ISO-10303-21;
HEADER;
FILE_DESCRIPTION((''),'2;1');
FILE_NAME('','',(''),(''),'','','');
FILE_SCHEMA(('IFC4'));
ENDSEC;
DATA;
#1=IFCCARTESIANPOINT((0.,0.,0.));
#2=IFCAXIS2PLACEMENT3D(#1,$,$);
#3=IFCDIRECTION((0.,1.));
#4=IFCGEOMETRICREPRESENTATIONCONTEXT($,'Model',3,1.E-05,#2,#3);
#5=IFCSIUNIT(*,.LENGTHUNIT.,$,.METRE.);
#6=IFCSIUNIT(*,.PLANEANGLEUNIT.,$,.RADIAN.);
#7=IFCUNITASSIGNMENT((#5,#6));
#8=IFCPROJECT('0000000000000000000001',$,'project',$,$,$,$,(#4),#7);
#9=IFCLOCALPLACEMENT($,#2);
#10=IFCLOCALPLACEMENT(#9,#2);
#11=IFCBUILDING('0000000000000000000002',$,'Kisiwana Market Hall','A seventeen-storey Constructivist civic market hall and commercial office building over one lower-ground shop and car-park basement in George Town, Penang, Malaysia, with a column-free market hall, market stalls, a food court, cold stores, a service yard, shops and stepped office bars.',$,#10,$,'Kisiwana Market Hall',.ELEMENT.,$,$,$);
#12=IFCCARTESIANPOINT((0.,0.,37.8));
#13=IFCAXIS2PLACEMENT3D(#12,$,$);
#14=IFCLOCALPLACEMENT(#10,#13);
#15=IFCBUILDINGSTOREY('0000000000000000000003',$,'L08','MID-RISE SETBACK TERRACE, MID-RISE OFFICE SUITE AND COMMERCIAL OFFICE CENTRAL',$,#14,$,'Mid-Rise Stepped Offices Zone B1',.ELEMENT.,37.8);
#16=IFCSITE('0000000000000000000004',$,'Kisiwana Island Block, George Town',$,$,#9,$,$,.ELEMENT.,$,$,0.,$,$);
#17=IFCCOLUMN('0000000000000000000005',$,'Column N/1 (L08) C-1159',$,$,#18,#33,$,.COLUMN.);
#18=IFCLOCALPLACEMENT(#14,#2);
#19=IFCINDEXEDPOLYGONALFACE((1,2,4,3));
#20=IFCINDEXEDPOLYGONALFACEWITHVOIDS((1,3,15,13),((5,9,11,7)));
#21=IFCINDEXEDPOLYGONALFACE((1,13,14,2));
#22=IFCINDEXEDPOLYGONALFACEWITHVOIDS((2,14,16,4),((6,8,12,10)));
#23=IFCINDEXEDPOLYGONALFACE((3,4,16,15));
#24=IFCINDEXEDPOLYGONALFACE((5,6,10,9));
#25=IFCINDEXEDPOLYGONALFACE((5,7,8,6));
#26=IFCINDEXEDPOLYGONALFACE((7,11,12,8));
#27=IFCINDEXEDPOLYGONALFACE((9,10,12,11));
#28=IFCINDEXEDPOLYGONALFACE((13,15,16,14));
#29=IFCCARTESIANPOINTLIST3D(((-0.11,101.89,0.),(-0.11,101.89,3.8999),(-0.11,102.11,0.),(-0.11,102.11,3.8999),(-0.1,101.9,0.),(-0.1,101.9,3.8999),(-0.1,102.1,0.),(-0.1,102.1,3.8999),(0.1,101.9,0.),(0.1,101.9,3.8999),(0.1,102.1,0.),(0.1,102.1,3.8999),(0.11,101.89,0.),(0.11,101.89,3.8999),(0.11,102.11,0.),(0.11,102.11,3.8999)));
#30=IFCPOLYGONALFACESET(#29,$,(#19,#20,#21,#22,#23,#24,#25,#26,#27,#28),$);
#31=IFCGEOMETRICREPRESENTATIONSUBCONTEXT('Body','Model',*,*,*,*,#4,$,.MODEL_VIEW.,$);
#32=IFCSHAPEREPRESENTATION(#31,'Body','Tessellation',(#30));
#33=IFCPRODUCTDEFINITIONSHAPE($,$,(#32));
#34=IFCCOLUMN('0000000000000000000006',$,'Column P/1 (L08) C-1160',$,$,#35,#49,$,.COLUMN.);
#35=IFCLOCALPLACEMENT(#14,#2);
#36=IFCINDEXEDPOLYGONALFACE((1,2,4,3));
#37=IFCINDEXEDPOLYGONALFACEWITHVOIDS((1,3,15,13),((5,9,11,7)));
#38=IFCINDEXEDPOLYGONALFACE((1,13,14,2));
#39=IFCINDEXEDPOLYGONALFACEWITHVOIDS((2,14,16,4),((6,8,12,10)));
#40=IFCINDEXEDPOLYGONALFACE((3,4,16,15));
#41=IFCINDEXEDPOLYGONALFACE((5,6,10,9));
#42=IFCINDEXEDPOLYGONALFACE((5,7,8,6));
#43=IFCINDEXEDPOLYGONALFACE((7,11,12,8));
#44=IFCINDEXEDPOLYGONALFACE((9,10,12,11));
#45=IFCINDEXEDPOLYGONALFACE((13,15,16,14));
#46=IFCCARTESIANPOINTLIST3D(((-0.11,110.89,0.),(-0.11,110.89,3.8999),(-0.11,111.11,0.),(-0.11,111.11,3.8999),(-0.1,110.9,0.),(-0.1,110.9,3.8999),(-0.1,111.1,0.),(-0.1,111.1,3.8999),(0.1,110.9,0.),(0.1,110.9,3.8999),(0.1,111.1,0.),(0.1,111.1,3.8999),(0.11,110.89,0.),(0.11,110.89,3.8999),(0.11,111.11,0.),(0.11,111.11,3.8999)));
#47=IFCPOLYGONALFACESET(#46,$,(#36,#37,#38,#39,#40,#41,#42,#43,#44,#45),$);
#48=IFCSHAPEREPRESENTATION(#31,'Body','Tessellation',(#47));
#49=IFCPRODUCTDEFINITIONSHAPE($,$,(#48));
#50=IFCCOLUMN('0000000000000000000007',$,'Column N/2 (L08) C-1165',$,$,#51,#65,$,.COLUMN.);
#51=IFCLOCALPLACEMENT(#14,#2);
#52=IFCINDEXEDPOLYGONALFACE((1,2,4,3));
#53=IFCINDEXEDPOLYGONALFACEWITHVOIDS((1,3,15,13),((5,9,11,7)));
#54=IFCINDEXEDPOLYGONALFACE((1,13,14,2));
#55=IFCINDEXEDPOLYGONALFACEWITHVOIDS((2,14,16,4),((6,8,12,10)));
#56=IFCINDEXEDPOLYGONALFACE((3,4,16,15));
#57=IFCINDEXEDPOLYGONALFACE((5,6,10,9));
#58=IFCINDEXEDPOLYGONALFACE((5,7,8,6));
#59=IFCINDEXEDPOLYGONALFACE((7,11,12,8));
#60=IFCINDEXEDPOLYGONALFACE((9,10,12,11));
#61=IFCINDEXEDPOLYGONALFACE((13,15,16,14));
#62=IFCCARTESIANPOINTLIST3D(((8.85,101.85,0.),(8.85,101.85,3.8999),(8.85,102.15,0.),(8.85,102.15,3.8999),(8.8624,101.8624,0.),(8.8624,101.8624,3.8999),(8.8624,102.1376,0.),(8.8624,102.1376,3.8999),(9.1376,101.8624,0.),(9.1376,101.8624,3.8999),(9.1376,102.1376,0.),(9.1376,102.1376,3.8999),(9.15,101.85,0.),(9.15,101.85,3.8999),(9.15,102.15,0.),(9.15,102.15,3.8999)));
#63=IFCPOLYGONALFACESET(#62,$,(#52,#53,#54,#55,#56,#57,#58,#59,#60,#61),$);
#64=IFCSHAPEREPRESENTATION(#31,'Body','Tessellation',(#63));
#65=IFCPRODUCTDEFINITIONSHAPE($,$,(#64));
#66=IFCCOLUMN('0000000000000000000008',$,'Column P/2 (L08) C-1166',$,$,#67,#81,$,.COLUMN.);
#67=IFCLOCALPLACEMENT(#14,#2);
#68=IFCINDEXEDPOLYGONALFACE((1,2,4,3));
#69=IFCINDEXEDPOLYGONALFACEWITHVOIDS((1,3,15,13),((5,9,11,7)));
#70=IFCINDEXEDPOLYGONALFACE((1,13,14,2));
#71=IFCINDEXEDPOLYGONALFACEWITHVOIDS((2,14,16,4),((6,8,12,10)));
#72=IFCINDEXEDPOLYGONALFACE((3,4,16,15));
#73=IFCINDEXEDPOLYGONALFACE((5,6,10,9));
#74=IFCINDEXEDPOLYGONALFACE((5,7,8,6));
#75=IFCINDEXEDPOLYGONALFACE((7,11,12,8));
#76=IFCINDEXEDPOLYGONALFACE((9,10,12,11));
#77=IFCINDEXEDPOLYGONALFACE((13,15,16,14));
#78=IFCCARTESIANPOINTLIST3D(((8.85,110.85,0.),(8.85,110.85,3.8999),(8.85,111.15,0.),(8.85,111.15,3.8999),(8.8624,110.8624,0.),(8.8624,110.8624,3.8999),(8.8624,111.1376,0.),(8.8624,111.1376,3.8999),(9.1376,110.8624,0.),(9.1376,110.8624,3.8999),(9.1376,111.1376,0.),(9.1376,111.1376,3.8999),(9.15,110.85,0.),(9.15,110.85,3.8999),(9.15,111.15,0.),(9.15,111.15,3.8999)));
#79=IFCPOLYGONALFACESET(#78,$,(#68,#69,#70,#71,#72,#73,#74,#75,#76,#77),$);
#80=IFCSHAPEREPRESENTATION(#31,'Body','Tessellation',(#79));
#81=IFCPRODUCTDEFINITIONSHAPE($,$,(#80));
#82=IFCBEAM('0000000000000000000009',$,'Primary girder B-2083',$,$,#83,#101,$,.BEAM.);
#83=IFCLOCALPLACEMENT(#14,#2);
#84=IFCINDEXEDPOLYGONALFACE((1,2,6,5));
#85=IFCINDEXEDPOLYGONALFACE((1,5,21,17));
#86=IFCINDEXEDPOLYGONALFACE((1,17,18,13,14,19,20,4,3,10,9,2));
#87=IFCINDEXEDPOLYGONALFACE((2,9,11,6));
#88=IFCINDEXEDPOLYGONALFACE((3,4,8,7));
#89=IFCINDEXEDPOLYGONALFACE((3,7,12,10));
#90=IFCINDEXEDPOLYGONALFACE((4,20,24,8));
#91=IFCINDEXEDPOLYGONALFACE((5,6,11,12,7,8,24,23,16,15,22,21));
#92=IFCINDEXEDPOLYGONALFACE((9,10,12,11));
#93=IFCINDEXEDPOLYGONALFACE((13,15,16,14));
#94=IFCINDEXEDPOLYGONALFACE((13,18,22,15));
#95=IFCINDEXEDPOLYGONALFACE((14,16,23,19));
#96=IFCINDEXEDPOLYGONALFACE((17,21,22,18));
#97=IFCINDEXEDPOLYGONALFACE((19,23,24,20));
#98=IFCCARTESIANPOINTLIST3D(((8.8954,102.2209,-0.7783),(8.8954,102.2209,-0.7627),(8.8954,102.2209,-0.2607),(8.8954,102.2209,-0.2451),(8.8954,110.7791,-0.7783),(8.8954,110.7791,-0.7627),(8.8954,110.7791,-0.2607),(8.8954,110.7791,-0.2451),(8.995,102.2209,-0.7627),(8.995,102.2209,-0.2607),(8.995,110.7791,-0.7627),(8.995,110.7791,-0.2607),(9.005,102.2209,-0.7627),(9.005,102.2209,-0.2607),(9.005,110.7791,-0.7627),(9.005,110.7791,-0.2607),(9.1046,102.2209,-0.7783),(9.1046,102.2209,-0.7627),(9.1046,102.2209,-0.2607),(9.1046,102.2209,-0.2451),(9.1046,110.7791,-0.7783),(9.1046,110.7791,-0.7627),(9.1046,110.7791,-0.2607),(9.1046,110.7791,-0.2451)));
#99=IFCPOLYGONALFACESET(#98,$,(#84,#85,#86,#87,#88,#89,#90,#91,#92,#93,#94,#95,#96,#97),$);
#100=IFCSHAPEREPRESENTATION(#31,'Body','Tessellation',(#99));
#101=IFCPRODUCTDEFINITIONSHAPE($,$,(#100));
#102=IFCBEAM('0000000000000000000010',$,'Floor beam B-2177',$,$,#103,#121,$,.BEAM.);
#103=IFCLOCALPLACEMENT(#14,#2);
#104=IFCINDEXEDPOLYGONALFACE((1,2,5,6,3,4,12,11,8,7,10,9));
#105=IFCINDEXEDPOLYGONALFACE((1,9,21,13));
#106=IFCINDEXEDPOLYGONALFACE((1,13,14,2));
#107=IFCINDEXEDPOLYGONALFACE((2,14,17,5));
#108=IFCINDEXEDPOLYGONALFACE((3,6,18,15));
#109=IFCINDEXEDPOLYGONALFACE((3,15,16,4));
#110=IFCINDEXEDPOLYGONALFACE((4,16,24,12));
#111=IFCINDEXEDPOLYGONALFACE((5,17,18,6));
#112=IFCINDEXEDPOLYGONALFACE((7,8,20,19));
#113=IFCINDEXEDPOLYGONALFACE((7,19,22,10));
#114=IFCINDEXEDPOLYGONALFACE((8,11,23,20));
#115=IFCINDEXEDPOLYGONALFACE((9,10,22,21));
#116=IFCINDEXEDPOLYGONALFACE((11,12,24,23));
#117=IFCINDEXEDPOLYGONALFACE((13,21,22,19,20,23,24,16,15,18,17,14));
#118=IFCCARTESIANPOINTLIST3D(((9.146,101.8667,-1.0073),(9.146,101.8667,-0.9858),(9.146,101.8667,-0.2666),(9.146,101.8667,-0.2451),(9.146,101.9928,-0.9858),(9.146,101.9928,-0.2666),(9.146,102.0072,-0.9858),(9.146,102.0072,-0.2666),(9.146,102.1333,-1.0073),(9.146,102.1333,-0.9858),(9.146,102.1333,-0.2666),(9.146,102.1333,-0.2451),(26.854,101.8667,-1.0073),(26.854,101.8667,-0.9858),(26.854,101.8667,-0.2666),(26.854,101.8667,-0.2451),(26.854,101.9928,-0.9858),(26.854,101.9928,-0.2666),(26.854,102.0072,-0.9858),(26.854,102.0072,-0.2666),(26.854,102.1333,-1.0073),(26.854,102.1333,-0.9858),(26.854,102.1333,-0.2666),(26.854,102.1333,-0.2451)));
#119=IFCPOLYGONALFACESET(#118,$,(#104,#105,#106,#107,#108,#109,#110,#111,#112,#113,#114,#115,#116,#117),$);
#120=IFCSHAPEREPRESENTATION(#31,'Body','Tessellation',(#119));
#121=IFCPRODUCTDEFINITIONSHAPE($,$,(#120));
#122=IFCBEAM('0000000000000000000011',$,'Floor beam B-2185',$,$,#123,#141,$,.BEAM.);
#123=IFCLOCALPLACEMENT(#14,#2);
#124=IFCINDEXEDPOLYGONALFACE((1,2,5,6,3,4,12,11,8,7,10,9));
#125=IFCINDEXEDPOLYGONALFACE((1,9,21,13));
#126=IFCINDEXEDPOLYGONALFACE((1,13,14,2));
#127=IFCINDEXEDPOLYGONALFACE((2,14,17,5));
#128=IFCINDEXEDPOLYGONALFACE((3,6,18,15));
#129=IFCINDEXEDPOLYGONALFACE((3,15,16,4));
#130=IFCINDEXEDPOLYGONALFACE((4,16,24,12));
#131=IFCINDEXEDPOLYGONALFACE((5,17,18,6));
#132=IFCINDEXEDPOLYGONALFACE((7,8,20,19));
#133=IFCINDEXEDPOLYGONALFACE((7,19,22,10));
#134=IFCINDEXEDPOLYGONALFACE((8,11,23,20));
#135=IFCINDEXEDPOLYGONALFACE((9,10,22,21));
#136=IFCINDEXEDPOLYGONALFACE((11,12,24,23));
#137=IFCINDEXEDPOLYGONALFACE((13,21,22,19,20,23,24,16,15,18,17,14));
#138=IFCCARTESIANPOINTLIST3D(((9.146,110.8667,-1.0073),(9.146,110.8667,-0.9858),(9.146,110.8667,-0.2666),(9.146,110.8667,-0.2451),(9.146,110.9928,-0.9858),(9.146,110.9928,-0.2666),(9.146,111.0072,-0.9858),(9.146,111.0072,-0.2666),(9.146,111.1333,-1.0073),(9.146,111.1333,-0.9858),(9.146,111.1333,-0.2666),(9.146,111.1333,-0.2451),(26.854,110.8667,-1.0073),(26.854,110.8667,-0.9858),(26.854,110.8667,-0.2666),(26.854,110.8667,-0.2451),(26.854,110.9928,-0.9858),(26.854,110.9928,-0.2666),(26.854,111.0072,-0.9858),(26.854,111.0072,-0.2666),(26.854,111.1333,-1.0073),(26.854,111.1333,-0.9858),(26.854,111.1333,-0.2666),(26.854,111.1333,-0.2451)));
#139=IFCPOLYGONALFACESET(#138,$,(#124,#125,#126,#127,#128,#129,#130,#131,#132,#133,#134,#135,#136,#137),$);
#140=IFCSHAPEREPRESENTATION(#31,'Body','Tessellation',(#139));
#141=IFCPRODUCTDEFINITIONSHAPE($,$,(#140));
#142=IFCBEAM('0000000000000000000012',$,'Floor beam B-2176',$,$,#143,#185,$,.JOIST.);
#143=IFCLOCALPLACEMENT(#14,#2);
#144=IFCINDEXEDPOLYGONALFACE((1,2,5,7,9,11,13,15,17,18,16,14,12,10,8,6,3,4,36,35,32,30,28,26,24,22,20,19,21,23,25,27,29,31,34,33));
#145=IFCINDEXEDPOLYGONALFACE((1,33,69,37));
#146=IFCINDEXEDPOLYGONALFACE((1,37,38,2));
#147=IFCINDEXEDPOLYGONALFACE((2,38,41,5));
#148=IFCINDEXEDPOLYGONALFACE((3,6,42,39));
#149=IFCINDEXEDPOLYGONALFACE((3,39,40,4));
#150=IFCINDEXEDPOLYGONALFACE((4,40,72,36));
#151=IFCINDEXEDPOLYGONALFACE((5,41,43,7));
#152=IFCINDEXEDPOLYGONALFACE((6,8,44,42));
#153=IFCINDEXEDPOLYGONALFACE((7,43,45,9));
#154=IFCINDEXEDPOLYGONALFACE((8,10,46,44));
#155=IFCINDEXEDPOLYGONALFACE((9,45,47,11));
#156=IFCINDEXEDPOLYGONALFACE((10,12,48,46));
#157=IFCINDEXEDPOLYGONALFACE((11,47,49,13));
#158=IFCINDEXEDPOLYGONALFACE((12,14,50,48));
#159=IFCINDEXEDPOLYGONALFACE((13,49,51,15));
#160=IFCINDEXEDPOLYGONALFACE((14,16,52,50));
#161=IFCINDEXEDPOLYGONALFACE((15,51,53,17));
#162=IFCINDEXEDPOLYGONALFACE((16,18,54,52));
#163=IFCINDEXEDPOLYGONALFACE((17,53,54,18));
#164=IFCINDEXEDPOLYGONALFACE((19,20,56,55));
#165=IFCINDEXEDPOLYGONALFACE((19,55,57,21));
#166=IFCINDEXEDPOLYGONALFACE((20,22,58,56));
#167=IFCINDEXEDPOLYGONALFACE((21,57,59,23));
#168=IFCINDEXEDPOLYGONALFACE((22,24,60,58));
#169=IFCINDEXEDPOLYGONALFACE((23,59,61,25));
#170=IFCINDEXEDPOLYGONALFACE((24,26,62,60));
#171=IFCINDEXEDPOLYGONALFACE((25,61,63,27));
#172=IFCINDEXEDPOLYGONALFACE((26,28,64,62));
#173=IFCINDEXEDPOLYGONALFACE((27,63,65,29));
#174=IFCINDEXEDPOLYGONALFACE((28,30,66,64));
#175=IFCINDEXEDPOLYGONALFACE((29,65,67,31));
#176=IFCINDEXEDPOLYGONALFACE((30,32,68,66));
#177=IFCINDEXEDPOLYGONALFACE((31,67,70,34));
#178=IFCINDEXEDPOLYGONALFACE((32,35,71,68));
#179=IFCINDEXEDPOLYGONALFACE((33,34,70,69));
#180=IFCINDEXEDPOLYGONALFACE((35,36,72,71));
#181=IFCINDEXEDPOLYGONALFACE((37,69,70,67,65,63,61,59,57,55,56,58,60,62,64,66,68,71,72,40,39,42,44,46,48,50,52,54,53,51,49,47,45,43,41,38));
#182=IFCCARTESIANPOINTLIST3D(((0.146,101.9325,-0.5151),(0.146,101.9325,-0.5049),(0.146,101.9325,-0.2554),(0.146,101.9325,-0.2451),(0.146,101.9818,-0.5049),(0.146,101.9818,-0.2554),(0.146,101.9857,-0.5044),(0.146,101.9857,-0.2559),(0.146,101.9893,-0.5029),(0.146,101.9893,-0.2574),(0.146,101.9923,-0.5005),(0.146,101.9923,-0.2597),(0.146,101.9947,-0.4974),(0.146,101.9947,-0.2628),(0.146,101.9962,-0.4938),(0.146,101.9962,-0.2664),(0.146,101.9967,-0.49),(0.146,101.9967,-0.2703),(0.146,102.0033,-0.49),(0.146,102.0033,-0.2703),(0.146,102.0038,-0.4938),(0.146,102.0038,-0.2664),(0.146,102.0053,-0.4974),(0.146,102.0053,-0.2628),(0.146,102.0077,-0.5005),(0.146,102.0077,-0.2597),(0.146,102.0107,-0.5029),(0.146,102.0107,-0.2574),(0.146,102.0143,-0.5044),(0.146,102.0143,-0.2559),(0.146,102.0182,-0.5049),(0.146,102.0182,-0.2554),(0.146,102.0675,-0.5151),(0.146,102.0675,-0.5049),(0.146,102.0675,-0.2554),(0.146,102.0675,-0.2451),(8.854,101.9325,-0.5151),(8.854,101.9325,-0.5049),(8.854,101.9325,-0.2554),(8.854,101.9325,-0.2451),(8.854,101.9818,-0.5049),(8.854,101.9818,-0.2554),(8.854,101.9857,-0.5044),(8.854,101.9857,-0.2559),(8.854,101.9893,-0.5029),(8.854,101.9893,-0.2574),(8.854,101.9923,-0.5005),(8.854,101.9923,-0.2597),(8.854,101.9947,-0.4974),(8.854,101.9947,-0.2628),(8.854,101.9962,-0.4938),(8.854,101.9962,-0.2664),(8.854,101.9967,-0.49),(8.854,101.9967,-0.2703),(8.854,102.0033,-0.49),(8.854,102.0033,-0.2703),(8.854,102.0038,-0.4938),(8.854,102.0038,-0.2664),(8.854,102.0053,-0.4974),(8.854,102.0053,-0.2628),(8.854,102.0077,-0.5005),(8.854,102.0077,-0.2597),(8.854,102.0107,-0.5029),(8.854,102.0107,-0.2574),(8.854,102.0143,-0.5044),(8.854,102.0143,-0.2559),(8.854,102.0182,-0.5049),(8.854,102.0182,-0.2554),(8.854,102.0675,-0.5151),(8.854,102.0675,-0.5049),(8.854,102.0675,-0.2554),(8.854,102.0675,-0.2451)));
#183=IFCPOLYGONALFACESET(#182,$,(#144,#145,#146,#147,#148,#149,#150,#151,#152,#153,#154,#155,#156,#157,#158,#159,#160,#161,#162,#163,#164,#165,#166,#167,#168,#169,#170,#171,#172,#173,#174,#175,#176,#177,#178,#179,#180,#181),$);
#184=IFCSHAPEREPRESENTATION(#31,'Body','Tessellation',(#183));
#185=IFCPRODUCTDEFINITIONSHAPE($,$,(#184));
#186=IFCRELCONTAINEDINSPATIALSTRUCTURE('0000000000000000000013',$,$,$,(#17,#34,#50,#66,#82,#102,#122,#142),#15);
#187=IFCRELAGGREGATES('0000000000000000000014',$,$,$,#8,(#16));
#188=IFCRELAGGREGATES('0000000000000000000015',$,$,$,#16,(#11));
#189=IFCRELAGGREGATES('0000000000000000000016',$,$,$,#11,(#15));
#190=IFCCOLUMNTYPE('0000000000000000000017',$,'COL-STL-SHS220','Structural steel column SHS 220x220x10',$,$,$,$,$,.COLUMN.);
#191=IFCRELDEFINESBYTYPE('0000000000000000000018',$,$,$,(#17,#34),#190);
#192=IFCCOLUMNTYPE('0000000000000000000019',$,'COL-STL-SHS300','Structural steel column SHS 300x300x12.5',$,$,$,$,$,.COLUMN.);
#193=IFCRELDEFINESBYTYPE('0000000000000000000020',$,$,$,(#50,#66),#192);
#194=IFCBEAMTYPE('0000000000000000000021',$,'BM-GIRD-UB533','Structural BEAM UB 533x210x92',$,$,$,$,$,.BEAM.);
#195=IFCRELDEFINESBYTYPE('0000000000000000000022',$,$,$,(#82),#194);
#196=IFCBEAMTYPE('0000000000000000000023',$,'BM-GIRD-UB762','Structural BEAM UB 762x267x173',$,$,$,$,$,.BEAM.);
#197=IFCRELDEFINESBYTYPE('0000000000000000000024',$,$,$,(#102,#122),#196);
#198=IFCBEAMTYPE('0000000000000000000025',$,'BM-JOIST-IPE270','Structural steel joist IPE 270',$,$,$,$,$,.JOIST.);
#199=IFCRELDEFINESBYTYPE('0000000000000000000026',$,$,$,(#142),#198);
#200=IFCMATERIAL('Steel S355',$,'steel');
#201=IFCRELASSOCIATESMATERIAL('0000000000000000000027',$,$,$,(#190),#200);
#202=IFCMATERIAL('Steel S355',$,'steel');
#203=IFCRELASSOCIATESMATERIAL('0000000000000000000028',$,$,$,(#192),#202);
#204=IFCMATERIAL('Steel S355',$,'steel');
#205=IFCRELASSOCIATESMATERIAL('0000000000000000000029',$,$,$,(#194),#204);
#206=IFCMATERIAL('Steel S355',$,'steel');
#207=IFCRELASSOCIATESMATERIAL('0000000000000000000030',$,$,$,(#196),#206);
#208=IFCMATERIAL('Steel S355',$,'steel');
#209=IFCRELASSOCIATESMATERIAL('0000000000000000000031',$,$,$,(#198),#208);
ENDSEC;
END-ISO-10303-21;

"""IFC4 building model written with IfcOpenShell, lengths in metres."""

from ifc_helpers import new_model, si_unit, direction, frame, origin, origin_2d, place, context, subcontext, project, spatial, hollow_rectangle, i_section, extrude, material, material_profile, profile_set, type_object, element, save


model = new_model("IFC4")

# Units and contexts
model_context = context("Model", 3, precision=1e-05, world=origin(), true_north=direction((0.0, 1.0)))
body_context = subcontext(model_context, "Body", "Model", "MODEL_VIEW")
ifc_project = project(units=[si_unit("LENGTHUNIT", "METRE"), si_unit("PLANEANGLEUNIT", "RADIAN")], contexts=[model_context])

# Site, building, storey
site_placement = place(None, origin())
site = spatial("IfcSite", under=ifc_project, at=site_placement, Name="Kisiwana Island Block, George Town", CompositionType="ELEMENT", RefElevation=0.0)
building_placement = place(site_placement, origin())
building = spatial("IfcBuilding", under=site, at=building_placement, Name="Kisiwana Market Hall", Description="A seventeen-storey Constructivist civic market hall and commercial office building over one lower-ground shop and car-park basement in George Town, Penang, Malaysia, with a column-free market hall, market stalls, a food court, cold stores, a service yard, shops and stepped office bars.", LongName="Kisiwana Market Hall", CompositionType="ELEMENT")
storey_placement = place(building_placement, frame((0.0, 0.0, 37.8)))
storey = spatial("IfcBuildingStorey", under=building, at=storey_placement, Name="L08", Description="MID-RISE SETBACK TERRACE, MID-RISE OFFICE SUITE AND COMMERCIAL OFFICE CENTRAL", LongName="Mid-Rise Stepped Offices Zone B1", CompositionType="ELEMENT", Elevation=37.8)

# Columns
ifc_material_1 = material(Name="Steel S355", Category="steel")
ifc_material_profile_1 = material_profile(ifc_material_1, hollow_rectangle(XDim=0.22, YDim=0.22, WallThickness=0.01, at=origin_2d()), Name="SHS 220x220x10")
ifc_profile_set_1 = profile_set([ifc_material_profile_1], Name="Steel S355")
column_type_1 = type_object("IfcColumnType", Name="COL-STL-SHS220", Description="Structural steel column SHS 220x220x10", PredefinedType="COLUMN", material=ifc_profile_set_1)
for number, where, z_axis, x_axis, name in (
    (1, (0.0, 102.0, 0.0), (0.0, 0.0, 1.0), (1.0, 0.0, 0.0), "Column N/1 (L08) C-1159"),
    (2, (0.0, 111.0, 0.0), (0.0, 0.0, 1.0), (1.0, 0.0, 0.0), "Column P/1 (L08) C-1160"),
):
    element("IfcColumn", number, at=place(storey_placement, frame(where, z_axis=z_axis, x_axis=x_axis)), inside=storey, type_object=column_type_1, Name=name, PredefinedType="COLUMN", context=body_context, shape_type="SweptSolid", body=[
        extrude(hollow_rectangle(XDim=0.22, YDim=0.22, WallThickness=0.01, at=origin_2d()), origin(), (0.0, 0.0, 1.0), 3.8999),
    ])
ifc_material_2 = material(Name="Steel S355", Category="steel")
ifc_material_profile_2 = material_profile(ifc_material_2, hollow_rectangle(XDim=0.3, YDim=0.3, WallThickness=0.0125, at=origin_2d()), Name="SHS 300x300x12.5")
ifc_profile_set_2 = profile_set([ifc_material_profile_2], Name="Steel S355")
column_type_2 = type_object("IfcColumnType", Name="COL-STL-SHS300", Description="Structural steel column SHS 300x300x12.5", PredefinedType="COLUMN", material=ifc_profile_set_2)
for number, where, z_axis, x_axis, name in (
    (3, (9.0, 102.0, 0.0), (0.0, 0.0, 1.0), (1.0, 0.0, 0.0), "Column N/2 (L08) C-1165"),
    (4, (9.0, 111.0, 0.0), (0.0, 0.0, 1.0), (1.0, 0.0, 0.0), "Column P/2 (L08) C-1166"),
):
    element("IfcColumn", number, at=place(storey_placement, frame(where, z_axis=z_axis, x_axis=x_axis)), inside=storey, type_object=column_type_2, Name=name, PredefinedType="COLUMN", context=body_context, shape_type="SweptSolid", body=[
        extrude(hollow_rectangle(XDim=0.3, YDim=0.3, WallThickness=0.0125, at=origin_2d()), origin(), (0.0, 0.0, 1.0), 3.8999),
    ])

# Beams
ifc_material_3 = material(Name="Steel S355", Category="steel")
ifc_material_profile_3 = material_profile(ifc_material_3, i_section(OverallWidth=0.2092, OverallDepth=0.5332, WebThickness=0.01, FlangeThickness=0.0156, at=origin_2d()), Name="UB 533x210x92")
ifc_profile_set_3 = profile_set([ifc_material_profile_3], Name="Steel S355")
beam_type_1 = type_object("IfcBeamType", Name="BM-GIRD-UB533", Description="Structural BEAM UB 533x210x92", PredefinedType="BEAM", material=ifc_profile_set_3)
beam_1_placement = place(storey_placement, frame((9.0, 102.2209, -0.5117), z_axis=(0.0, 1.0, 0.0), x_axis=(-1.0, 0.0, 0.0)))
element("IfcBeam", 5, at=beam_1_placement, inside=storey, type_object=beam_type_1, Name="Primary girder B-2083", PredefinedType="BEAM", context=body_context, shape_type="SweptSolid", body=[
    extrude(i_section(OverallWidth=0.2092, OverallDepth=0.5332, WebThickness=0.01, FlangeThickness=0.0156, at=origin_2d()), origin(), (0.0, 0.0, 1.0), 8.5581),
])
ifc_material_4 = material(Name="Steel S355", Category="steel")
ifc_material_profile_4 = material_profile(ifc_material_4, i_section(OverallWidth=0.2666, OverallDepth=0.7622, WebThickness=0.0144, FlangeThickness=0.0215, at=origin_2d()), Name="UB 762x267x173")
ifc_profile_set_4 = profile_set([ifc_material_profile_4], Name="Steel S355")
beam_type_2 = type_object("IfcBeamType", Name="BM-GIRD-UB762", Description="Structural BEAM UB 762x267x173", PredefinedType="BEAM", material=ifc_profile_set_4)
for number, where, z_axis, x_axis, name in (
    (6, (9.146, 102.0, -0.6262), (1.0, 0.0, 0.0), (0.0, 1.0, 0.0), "Floor beam B-2177"),
    (7, (9.146, 111.0, -0.6262), (1.0, 0.0, 0.0), (0.0, 1.0, 0.0), "Floor beam B-2185"),
):
    element("IfcBeam", number, at=place(storey_placement, frame(where, z_axis=z_axis, x_axis=x_axis)), inside=storey, type_object=beam_type_2, Name=name, PredefinedType="BEAM", context=body_context, shape_type="SweptSolid", body=[
        extrude(i_section(OverallWidth=0.2666, OverallDepth=0.7622, WebThickness=0.0144, FlangeThickness=0.0215, at=origin_2d()), origin(), (0.0, 0.0, 1.0), 17.708),
    ])
ifc_material_5 = material(Name="Steel S355", Category="steel")
ifc_material_profile_5 = material_profile(ifc_material_5, i_section(OverallWidth=0.135, OverallDepth=0.27, WebThickness=0.0066, FlangeThickness=0.0103, FilletRadius=0.0149, at=origin_2d()), Name="IPE 270")
ifc_profile_set_5 = profile_set([ifc_material_profile_5], Name="Steel S355")
beam_type_3 = type_object("IfcBeamType", Name="BM-JOIST-IPE270", Description="Structural steel joist IPE 270", PredefinedType="JOIST", material=ifc_profile_set_5)
beam_2_placement = place(storey_placement, frame((0.146, 102.0, -0.3801), z_axis=(1.0, 0.0, 0.0), x_axis=(0.0, 1.0, 0.0)))
element("IfcBeam", 8, at=beam_2_placement, inside=storey, type_object=beam_type_3, Name="Floor beam B-2176", PredefinedType="JOIST", context=body_context, shape_type="SweptSolid", body=[
    extrude(i_section(OverallWidth=0.135, OverallDepth=0.27, WebThickness=0.0066, FlangeThickness=0.0103, FilletRadius=0.0149, at=origin_2d()), origin(), (0.0, 0.0, 1.0), 8.708),
])

save(model, "model.ifc")
